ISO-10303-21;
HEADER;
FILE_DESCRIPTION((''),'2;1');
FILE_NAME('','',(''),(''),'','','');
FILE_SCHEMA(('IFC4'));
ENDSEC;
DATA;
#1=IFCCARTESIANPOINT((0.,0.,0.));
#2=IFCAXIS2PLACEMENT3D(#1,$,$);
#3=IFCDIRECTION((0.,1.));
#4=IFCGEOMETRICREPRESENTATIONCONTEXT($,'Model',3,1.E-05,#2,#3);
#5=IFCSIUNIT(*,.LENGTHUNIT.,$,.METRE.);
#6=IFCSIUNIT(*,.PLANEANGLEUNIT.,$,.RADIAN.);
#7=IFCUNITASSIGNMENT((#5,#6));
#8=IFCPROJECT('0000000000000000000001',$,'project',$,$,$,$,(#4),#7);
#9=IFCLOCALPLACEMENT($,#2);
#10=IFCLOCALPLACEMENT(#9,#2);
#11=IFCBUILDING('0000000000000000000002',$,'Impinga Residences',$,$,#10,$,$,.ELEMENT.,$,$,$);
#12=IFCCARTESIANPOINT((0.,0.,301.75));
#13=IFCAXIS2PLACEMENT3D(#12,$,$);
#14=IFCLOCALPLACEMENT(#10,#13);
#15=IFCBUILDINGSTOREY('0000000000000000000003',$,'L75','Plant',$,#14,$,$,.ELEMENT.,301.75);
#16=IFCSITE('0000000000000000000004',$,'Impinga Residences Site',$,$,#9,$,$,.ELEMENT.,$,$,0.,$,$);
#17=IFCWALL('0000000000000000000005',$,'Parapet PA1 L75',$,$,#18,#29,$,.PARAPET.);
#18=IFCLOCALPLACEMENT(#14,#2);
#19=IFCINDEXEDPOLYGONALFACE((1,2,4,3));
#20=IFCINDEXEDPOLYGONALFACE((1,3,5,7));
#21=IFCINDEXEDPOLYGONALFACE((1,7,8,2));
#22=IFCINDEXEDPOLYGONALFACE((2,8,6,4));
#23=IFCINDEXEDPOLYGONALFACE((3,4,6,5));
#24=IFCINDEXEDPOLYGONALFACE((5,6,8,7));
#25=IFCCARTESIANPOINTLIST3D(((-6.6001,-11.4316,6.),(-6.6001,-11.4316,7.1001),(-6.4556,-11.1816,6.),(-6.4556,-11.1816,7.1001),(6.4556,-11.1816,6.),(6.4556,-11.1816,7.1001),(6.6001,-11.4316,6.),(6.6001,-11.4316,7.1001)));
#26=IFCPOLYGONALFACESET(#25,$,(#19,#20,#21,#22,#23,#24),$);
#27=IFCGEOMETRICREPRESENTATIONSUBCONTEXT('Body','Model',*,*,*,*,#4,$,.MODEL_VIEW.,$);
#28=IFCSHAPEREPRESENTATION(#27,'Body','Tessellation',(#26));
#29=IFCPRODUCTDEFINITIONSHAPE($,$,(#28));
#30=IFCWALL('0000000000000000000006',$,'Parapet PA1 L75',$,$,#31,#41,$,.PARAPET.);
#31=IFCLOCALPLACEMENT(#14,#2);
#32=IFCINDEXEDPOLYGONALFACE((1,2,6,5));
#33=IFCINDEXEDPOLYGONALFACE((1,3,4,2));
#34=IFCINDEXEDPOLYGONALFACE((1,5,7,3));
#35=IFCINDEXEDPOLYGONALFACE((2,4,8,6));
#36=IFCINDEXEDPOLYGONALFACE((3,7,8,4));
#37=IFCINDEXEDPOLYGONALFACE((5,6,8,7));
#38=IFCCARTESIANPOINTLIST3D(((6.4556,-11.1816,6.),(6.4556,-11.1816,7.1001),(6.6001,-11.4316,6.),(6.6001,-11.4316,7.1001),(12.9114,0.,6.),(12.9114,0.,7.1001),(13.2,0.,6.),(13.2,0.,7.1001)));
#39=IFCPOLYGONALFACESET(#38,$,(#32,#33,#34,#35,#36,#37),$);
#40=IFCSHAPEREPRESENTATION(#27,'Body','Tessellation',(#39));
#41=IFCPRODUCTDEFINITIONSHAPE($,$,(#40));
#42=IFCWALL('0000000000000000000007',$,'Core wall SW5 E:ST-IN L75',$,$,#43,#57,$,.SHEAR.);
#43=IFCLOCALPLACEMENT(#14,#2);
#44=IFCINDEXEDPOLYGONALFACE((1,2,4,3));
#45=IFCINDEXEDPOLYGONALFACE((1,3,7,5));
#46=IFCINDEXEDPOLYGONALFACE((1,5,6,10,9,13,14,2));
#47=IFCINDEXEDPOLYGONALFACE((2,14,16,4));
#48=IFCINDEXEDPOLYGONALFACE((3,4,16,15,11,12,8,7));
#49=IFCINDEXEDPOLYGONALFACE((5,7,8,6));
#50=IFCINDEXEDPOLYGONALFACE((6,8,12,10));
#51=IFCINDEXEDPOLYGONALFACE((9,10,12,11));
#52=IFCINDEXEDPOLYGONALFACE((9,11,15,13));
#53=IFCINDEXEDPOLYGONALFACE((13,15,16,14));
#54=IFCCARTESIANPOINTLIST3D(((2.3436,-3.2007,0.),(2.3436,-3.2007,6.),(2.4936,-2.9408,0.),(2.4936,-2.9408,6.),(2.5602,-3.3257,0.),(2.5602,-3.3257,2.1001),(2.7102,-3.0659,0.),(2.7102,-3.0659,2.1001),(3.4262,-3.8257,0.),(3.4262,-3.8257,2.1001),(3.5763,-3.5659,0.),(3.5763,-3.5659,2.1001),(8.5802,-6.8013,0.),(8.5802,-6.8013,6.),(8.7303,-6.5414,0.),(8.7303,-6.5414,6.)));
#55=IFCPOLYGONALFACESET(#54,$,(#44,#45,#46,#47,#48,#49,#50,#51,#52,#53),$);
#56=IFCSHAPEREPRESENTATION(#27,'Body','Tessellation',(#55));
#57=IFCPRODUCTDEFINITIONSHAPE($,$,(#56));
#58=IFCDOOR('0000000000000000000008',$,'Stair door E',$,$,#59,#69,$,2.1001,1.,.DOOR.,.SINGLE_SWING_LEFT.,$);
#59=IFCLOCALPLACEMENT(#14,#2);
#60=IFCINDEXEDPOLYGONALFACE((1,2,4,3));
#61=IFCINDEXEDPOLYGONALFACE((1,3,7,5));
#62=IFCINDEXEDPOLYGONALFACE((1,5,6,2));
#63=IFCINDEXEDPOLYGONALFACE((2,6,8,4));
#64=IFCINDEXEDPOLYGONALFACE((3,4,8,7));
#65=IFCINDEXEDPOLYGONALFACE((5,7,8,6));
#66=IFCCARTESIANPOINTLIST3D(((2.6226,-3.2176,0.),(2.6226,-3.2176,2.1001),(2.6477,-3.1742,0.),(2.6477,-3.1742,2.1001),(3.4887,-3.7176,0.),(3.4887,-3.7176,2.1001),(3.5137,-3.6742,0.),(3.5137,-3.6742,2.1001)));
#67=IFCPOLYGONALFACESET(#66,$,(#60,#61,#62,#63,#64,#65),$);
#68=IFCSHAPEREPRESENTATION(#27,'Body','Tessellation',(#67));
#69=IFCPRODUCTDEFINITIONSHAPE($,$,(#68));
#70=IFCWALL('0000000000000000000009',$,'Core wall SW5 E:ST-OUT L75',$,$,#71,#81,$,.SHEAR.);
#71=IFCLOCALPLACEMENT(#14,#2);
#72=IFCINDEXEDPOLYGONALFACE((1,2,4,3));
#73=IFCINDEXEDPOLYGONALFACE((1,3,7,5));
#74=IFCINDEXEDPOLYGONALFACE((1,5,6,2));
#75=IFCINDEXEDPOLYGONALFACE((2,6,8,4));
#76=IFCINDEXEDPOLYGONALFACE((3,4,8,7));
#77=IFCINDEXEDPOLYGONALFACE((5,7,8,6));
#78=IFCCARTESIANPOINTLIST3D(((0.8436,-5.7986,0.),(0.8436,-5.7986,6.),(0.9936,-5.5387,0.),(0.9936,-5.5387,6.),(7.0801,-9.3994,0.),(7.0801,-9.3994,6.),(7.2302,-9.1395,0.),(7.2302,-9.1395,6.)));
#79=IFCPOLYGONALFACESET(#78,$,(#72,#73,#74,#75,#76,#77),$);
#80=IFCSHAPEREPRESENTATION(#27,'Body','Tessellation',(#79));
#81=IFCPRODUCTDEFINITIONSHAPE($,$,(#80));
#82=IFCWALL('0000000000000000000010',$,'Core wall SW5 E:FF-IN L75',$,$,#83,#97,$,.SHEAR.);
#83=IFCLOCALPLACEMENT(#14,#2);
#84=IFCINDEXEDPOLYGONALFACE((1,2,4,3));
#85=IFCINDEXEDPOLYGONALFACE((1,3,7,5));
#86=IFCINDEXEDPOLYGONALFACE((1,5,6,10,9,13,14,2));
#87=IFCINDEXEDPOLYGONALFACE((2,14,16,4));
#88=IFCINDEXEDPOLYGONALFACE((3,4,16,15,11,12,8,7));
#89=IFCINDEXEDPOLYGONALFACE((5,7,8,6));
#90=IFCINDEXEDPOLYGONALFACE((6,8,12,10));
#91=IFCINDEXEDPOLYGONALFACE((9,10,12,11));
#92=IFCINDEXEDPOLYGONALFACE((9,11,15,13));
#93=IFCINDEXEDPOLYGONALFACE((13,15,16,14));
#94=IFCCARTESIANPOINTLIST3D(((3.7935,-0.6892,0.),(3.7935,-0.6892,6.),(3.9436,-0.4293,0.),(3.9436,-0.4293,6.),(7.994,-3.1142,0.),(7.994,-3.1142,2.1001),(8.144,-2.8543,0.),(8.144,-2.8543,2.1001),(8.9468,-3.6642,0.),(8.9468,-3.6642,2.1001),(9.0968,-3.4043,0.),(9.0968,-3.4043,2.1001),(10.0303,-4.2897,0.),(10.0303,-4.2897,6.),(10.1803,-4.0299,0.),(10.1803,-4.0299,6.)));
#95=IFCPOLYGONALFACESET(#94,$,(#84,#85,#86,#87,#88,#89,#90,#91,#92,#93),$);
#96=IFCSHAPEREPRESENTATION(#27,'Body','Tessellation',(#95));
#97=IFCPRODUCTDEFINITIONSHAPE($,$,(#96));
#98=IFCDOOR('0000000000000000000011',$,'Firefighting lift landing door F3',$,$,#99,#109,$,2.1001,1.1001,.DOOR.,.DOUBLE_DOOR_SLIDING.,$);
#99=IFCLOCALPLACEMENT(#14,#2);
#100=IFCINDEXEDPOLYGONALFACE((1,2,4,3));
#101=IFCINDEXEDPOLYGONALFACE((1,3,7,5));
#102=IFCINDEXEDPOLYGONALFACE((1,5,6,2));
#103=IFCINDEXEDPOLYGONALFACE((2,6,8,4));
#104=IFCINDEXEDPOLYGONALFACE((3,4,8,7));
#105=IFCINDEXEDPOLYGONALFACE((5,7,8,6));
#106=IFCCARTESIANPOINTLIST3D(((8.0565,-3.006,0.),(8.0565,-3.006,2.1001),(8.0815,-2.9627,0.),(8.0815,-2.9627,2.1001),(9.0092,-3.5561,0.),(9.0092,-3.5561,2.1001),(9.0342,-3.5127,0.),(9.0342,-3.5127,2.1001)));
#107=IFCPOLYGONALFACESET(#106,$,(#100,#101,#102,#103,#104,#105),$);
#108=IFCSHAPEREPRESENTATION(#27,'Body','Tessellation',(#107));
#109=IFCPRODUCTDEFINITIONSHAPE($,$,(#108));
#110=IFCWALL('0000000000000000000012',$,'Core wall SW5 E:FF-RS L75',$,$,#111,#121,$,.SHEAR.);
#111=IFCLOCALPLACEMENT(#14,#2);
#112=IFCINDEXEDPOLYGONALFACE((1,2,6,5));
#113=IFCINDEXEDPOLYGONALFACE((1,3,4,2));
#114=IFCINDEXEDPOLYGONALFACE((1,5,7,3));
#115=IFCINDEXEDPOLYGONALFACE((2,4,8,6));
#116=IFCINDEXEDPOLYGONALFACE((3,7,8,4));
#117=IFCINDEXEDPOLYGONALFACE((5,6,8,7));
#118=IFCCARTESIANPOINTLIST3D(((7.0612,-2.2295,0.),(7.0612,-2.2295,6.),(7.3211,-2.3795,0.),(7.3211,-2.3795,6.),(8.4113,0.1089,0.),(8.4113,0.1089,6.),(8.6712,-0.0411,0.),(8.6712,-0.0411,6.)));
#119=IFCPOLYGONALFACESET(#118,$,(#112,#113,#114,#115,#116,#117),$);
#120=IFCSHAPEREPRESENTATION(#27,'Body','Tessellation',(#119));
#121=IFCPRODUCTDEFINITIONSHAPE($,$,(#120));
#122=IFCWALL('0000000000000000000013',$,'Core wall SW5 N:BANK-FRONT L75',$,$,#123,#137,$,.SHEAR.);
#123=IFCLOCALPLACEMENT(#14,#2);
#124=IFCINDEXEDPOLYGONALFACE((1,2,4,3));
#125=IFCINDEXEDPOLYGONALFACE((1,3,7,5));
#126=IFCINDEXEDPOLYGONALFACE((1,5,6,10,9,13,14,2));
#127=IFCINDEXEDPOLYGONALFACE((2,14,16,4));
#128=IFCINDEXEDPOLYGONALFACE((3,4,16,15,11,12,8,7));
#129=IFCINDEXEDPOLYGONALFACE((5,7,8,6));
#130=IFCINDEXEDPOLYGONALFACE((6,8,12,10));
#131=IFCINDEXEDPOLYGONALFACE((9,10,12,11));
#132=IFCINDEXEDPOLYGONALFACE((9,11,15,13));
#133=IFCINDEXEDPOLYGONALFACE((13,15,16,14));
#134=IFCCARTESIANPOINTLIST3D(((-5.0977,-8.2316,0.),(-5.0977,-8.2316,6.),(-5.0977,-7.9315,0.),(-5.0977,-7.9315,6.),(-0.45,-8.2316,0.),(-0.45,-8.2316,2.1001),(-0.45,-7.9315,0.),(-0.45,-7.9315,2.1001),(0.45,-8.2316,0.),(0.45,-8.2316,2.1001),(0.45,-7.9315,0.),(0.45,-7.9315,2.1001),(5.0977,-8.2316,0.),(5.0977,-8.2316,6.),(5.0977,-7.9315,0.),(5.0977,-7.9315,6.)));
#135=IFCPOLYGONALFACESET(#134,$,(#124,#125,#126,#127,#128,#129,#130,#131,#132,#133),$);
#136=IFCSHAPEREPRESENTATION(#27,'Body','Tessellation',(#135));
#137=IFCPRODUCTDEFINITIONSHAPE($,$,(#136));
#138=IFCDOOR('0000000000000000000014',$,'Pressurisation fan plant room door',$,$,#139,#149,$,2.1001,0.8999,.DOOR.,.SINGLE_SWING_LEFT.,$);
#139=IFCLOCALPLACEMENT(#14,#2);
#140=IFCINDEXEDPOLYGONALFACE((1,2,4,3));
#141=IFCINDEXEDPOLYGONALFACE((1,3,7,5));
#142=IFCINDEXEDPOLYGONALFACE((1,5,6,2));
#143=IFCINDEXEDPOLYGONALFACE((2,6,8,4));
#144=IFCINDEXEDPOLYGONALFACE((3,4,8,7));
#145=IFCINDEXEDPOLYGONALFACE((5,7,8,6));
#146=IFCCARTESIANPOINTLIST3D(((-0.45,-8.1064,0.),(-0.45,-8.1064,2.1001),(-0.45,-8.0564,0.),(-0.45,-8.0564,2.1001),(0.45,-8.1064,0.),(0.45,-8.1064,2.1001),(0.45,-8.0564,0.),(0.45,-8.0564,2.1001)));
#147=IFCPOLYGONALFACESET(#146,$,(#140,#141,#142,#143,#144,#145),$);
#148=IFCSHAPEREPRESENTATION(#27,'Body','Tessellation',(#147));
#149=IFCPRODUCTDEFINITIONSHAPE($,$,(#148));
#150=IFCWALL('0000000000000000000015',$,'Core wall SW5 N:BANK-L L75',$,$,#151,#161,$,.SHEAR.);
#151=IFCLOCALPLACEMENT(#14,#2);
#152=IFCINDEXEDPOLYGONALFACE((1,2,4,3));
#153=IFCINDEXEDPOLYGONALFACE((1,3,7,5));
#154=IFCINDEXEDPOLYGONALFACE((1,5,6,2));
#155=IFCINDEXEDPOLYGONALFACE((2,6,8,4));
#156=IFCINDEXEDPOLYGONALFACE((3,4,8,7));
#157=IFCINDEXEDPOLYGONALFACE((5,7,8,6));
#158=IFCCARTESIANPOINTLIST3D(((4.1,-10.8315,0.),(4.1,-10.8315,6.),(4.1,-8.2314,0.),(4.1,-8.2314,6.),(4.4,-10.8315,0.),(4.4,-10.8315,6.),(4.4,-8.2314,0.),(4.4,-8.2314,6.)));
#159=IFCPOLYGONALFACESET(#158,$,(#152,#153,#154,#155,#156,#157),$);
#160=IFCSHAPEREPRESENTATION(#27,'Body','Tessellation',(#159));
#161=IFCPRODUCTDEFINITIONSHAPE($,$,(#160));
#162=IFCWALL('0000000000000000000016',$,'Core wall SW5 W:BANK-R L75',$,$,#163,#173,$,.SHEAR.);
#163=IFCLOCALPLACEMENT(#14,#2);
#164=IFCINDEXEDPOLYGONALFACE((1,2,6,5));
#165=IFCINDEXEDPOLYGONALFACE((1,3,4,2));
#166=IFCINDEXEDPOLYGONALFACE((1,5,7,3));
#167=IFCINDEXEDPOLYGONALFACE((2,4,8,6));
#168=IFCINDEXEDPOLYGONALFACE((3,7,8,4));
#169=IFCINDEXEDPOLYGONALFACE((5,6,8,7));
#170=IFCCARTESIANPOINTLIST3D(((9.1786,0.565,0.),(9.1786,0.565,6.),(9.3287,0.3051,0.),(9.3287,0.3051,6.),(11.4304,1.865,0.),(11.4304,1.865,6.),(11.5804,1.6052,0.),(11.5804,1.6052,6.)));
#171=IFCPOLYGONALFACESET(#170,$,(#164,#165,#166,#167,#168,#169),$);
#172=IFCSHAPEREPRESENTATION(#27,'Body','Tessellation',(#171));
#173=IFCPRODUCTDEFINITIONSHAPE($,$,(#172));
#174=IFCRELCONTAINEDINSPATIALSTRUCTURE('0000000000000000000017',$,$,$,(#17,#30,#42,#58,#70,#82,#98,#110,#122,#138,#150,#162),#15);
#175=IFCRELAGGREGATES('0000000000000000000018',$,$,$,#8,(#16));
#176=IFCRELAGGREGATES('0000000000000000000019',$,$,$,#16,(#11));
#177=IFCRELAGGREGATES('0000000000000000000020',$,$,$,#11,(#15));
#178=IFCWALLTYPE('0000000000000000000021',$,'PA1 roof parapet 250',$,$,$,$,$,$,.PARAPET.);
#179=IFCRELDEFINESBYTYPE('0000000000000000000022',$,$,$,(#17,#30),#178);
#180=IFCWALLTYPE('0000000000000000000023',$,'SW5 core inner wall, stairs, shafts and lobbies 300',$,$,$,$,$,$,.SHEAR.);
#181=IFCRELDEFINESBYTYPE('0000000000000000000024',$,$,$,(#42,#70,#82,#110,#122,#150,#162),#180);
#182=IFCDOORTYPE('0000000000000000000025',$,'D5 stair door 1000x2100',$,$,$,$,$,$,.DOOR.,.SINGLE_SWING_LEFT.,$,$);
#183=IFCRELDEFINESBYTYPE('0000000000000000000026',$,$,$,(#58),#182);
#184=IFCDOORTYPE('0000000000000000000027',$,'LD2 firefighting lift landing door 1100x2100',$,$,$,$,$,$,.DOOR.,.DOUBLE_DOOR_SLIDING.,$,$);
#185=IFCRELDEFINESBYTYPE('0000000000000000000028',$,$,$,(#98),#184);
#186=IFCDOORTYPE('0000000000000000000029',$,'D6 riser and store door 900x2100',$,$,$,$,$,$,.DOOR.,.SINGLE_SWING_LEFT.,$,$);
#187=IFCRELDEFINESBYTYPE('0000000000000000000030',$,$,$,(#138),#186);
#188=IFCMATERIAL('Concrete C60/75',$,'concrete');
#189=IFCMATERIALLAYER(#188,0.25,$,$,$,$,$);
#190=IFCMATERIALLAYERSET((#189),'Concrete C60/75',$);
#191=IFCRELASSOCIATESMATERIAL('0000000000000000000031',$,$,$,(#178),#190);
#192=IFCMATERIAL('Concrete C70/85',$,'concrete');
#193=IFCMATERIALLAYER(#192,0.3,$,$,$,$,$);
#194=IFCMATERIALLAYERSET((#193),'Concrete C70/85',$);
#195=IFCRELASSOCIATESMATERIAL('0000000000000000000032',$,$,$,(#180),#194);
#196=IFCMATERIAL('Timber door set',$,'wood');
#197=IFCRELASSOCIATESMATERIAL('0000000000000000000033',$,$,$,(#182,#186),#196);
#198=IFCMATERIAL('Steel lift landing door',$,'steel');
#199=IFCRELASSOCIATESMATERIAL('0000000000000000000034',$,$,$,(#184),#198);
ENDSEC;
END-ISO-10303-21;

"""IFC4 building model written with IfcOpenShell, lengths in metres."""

from ifc_helpers import new_model, si_unit, direction, frame, frame_2d, origin, place, context, subcontext, project, spatial, polyline, rectangle, outline, extrude, material, layer, layer_set, type_object, element, fill, save


model = new_model("IFC4")

# Units and contexts
model_context = context("Model", 3, precision=1e-05, world=origin(), true_north=direction((0.0, 1.0)))
body_context = subcontext(model_context, "Body", "Model", "MODEL_VIEW")
ifc_project = project(units=[si_unit("LENGTHUNIT", "METRE"), si_unit("PLANEANGLEUNIT", "RADIAN")], contexts=[model_context])

# Site, building, storey
site_placement = place(None, origin())
site = spatial("IfcSite", under=ifc_project, at=site_placement, Name="Impinga Residences Site", CompositionType="ELEMENT", RefElevation=0.0)
building_placement = place(site_placement, origin())
building = spatial("IfcBuilding", under=site, at=building_placement, Name="Impinga Residences", CompositionType="ELEMENT")
storey_placement = place(building_placement, frame((0.0, 0.0, 301.75)))
storey = spatial("IfcBuildingStorey", under=building, at=storey_placement, Name="L75", Description="Plant", CompositionType="ELEMENT", Elevation=301.75)

# Walls
ifc_material_1 = material(Name="Concrete C60/75", Category="concrete")
ifc_layer_1 = layer(ifc_material_1, 0.25)
ifc_layer_set_1 = layer_set([ifc_layer_1], Name="Concrete C60/75")
wall_type_1 = type_object("IfcWallType", Name="PA1 roof parapet 250", PredefinedType="PARAPET", material=ifc_layer_set_1)
wall_1_placement = place(storey_placement, frame((0.0, 0.0, 6.0)))
element("IfcWall", 1, at=wall_1_placement, inside=storey, type_object=wall_type_1, Name="Parapet PA1 L75", PredefinedType="PARAPET", context=body_context, shape_type="SweptSolid", body=[
    extrude(outline(polyline([(-6.6001, -11.4316), (6.6001, -11.4316), (6.4556, -11.1816), (-6.4556, -11.1816), (-6.6001, -11.4316)])), origin(), (0.0, 0.0, 1.0), 1.1001),
])
wall_2_placement = place(storey_placement, frame((0.0, 0.0, 6.0)))
element("IfcWall", 2, at=wall_2_placement, inside=storey, type_object=wall_type_1, Name="Parapet PA1 L75", PredefinedType="PARAPET", context=body_context, shape_type="SweptSolid", body=[
    extrude(outline(polyline([(6.6001, -11.4316), (13.2, 0.0), (12.9114, 0.0), (6.4556, -11.1816), (6.6001, -11.4316)])), origin(), (0.0, 0.0, 1.0), 1.1001),
])

# Wall, opening, door
ifc_material_2 = material(Name="Concrete C70/85", Category="concrete")
ifc_layer_2 = layer(ifc_material_2, 0.3)
ifc_layer_set_2 = layer_set([ifc_layer_2], Name="Concrete C70/85")
wall_type_2 = type_object("IfcWallType", Name="SW5 core inner wall, stairs, shafts and lobbies 300", PredefinedType="SHEAR", material=ifc_layer_set_2)
wall_3_placement = place(storey_placement, frame((2.4187, -3.0708, 0.0), z_axis=(0.0, 0.0, 1.0), x_axis=(0.866031, -0.49999, 0.0)))
wall_3 = element("IfcWall", 3, at=wall_3_placement, inside=storey, type_object=wall_type_2, Name="Core wall SW5 E:ST-IN L75", PredefinedType="SHEAR", context=body_context, shape_type="SweptSolid", body=[
    extrude(rectangle(XDim=7.2014, YDim=0.3, at=frame_2d((3.6006, 0.0))), origin(), (0.0, 0.0, 1.0), 6.0),
])
opening_1_placement = place(wall_3_placement, frame((0.25, 0.0, 0.0)))
opening_1 = element("IfcOpeningElement", 4, at=opening_1_placement, cuts=wall_3, PredefinedType="OPENING", context=body_context, shape_type="SweptSolid", body=[
    extrude(rectangle(XDim=1.0, YDim=2.1001, at=frame_2d((0.5, 1.05))), frame((0.0, 0.1599, 0.0), z_axis=(0.0, -1.0, 0.0), x_axis=(1.0, 0.0, 0.0)), (0.0, 0.0, 1.0), 0.3201),
])
ifc_material_3 = material(Name="Timber door set", Category="wood")
door_type_1 = type_object("IfcDoorType", Name="D5 stair door 1000x2100", OperationType="SINGLE_SWING_LEFT", PredefinedType="DOOR", material=ifc_material_3)
door_1_placement = place(opening_1_placement, origin())
door_1 = element("IfcDoor", 5, at=door_1_placement, inside=storey, type_object=door_type_1, Name="Stair door E", OperationType="SINGLE_SWING_LEFT", OverallHeight=2.1001, OverallWidth=1.0, PredefinedType="DOOR", context=body_context, shape_type="SweptSolid", body=[
    extrude(rectangle(XDim=1.0, YDim=2.1001, at=frame_2d((0.5, 1.05))), frame((0.0, 0.0249, 0.0), z_axis=(0.0, -1.0, 0.0), x_axis=(1.0, 0.0, 0.0)), (0.0, 0.0, 1.0), 0.05),
])
fill(opening_1, door_1)

# Wall
wall_4_placement = place(storey_placement, frame((0.9187, -5.6687, 0.0), z_axis=(0.0, 0.0, 1.0), x_axis=(0.866017, -0.500015, 0.0)))
element("IfcWall", 6, at=wall_4_placement, inside=storey, type_object=wall_type_2, Name="Core wall SW5 E:ST-OUT L75", PredefinedType="SHEAR", context=body_context, shape_type="SweptSolid", body=[
    extrude(rectangle(XDim=7.2014, YDim=0.3, at=frame_2d((3.6006, 0.0))), origin(), (0.0, 0.0, 1.0), 6.0),
])

# Wall, opening, door
wall_5_placement = place(storey_placement, frame((3.8687, -0.5593, 0.0), z_axis=(0.0, 0.0, 1.0), x_axis=(0.86604, -0.499975, 0.0)))
wall_5 = element("IfcWall", 7, at=wall_5_placement, inside=storey, type_object=wall_type_2, Name="Core wall SW5 E:FF-IN L75", PredefinedType="SHEAR", context=body_context, shape_type="SweptSolid", body=[
    extrude(rectangle(XDim=7.2014, YDim=0.3, at=frame_2d((3.6006, 0.0))), origin(), (0.0, 0.0, 1.0), 6.0),
])
opening_2_placement = place(wall_5_placement, frame((4.8501, 0.0, 0.0)))
opening_2 = element("IfcOpeningElement", 8, at=opening_2_placement, cuts=wall_5, PredefinedType="OPENING", context=body_context, shape_type="SweptSolid", body=[
    extrude(rectangle(XDim=1.1001, YDim=2.1001, at=frame_2d((0.55, 1.05))), frame((0.0, 0.1599, 0.0), z_axis=(0.0, -1.0, 0.0), x_axis=(1.0, 0.0, 0.0)), (0.0, 0.0, 1.0), 0.3201),
])
ifc_material_4 = material(Name="Steel lift landing door", Category="steel")
door_type_2 = type_object("IfcDoorType", Name="LD2 firefighting lift landing door 1100x2100", OperationType="DOUBLE_DOOR_SLIDING", PredefinedType="DOOR", material=ifc_material_4)
door_2_placement = place(opening_2_placement, origin())
door_2 = element("IfcDoor", 9, at=door_2_placement, inside=storey, type_object=door_type_2, Name="Firefighting lift landing door F3", OperationType="DOUBLE_DOOR_SLIDING", OverallHeight=2.1001, OverallWidth=1.1001, PredefinedType="DOOR", context=body_context, shape_type="SweptSolid", body=[
    extrude(rectangle(XDim=1.1001, YDim=2.1001, at=frame_2d((0.55, 1.05))), frame((0.0, 0.0249, 0.0), z_axis=(0.0, -1.0, 0.0), x_axis=(1.0, 0.0, 0.0)), (0.0, 0.0, 1.0), 0.05),
])
fill(opening_2, door_2)

# Wall
wall_6_placement = place(storey_placement, frame((8.5413, 0.0339, 0.0), z_axis=(0.0, 0.0, 1.0), x_axis=(-0.500009, -0.86602, 0.0)))
element("IfcWall", 10, at=wall_6_placement, inside=storey, type_object=wall_type_2, Name="Core wall SW5 E:FF-RS L75", PredefinedType="SHEAR", context=body_context, shape_type="SweptSolid", body=[
    extrude(rectangle(XDim=2.7002, YDim=0.3, at=frame_2d((1.3501, 0.0))), origin(), (0.0, 0.0, 1.0), 6.0),
])

# Wall, opening, door
wall_7_placement = place(storey_placement, frame((5.0977, -8.0815, 0.0), z_axis=(0.0, 0.0, 1.0), x_axis=(-1.0, 0.0, 0.0)))
wall_7 = element("IfcWall", 11, at=wall_7_placement, inside=storey, type_object=wall_type_2, Name="Core wall SW5 N:BANK-FRONT L75", PredefinedType="SHEAR", context=body_context, shape_type="SweptSolid", body=[
    extrude(rectangle(XDim=10.1953, YDim=0.3, at=frame_2d((5.0977, 0.0))), origin(), (0.0, 0.0, 1.0), 6.0),
])
opening_3_placement = place(wall_7_placement, frame((4.6477, 0.0, 0.0)))
opening_3 = element("IfcOpeningElement", 12, at=opening_3_placement, cuts=wall_7, PredefinedType="OPENING", context=body_context, shape_type="SweptSolid", body=[
    extrude(rectangle(XDim=0.8999, YDim=2.1001, at=frame_2d((0.45, 1.05))), frame((0.0, 0.1599, 0.0), z_axis=(0.0, -1.0, 0.0), x_axis=(1.0, 0.0, 0.0)), (0.0, 0.0, 1.0), 0.3201),
])
door_type_3 = type_object("IfcDoorType", Name="D6 riser and store door 900x2100", OperationType="SINGLE_SWING_LEFT", PredefinedType="DOOR", material=ifc_material_3)
door_3_placement = place(opening_3_placement, origin())
door_3 = element("IfcDoor", 13, at=door_3_placement, inside=storey, type_object=door_type_3, Name="Pressurisation fan plant room door", OperationType="SINGLE_SWING_LEFT", OverallHeight=2.1001, OverallWidth=0.8999, PredefinedType="DOOR", context=body_context, shape_type="SweptSolid", body=[
    extrude(rectangle(XDim=0.8999, YDim=2.1001, at=frame_2d((0.45, 1.05))), frame((0.0, 0.0249, 0.0), z_axis=(0.0, -1.0, 0.0), x_axis=(1.0, 0.0, 0.0)), (0.0, 0.0, 1.0), 0.05),
])
fill(opening_3, door_3)

# Walls
for number, where, z_axis, x_axis, name in (
    (14, (4.25, -8.2314, 0.0), (0.0, 0.0, 1.0), (0.0, -1.0, 0.0), "Core wall SW5 N:BANK-L L75"),
    (15, (9.2537, 0.4351, 0.0), (0.0, 0.0, 1.0), (0.866021, 0.500007, 0.0), "Core wall SW5 W:BANK-R L75"),
):
    element("IfcWall", number, at=place(storey_placement, frame(where, z_axis=z_axis, x_axis=x_axis)), inside=storey, type_object=wall_type_2, Name=name, PredefinedType="SHEAR", context=body_context, shape_type="SweptSolid", body=[
        extrude(rectangle(XDim=2.6001, YDim=0.3, at=frame_2d((1.3, 0.0))), origin(), (0.0, 0.0, 1.0), 6.0),
    ])

save(model, "model.ifc")
